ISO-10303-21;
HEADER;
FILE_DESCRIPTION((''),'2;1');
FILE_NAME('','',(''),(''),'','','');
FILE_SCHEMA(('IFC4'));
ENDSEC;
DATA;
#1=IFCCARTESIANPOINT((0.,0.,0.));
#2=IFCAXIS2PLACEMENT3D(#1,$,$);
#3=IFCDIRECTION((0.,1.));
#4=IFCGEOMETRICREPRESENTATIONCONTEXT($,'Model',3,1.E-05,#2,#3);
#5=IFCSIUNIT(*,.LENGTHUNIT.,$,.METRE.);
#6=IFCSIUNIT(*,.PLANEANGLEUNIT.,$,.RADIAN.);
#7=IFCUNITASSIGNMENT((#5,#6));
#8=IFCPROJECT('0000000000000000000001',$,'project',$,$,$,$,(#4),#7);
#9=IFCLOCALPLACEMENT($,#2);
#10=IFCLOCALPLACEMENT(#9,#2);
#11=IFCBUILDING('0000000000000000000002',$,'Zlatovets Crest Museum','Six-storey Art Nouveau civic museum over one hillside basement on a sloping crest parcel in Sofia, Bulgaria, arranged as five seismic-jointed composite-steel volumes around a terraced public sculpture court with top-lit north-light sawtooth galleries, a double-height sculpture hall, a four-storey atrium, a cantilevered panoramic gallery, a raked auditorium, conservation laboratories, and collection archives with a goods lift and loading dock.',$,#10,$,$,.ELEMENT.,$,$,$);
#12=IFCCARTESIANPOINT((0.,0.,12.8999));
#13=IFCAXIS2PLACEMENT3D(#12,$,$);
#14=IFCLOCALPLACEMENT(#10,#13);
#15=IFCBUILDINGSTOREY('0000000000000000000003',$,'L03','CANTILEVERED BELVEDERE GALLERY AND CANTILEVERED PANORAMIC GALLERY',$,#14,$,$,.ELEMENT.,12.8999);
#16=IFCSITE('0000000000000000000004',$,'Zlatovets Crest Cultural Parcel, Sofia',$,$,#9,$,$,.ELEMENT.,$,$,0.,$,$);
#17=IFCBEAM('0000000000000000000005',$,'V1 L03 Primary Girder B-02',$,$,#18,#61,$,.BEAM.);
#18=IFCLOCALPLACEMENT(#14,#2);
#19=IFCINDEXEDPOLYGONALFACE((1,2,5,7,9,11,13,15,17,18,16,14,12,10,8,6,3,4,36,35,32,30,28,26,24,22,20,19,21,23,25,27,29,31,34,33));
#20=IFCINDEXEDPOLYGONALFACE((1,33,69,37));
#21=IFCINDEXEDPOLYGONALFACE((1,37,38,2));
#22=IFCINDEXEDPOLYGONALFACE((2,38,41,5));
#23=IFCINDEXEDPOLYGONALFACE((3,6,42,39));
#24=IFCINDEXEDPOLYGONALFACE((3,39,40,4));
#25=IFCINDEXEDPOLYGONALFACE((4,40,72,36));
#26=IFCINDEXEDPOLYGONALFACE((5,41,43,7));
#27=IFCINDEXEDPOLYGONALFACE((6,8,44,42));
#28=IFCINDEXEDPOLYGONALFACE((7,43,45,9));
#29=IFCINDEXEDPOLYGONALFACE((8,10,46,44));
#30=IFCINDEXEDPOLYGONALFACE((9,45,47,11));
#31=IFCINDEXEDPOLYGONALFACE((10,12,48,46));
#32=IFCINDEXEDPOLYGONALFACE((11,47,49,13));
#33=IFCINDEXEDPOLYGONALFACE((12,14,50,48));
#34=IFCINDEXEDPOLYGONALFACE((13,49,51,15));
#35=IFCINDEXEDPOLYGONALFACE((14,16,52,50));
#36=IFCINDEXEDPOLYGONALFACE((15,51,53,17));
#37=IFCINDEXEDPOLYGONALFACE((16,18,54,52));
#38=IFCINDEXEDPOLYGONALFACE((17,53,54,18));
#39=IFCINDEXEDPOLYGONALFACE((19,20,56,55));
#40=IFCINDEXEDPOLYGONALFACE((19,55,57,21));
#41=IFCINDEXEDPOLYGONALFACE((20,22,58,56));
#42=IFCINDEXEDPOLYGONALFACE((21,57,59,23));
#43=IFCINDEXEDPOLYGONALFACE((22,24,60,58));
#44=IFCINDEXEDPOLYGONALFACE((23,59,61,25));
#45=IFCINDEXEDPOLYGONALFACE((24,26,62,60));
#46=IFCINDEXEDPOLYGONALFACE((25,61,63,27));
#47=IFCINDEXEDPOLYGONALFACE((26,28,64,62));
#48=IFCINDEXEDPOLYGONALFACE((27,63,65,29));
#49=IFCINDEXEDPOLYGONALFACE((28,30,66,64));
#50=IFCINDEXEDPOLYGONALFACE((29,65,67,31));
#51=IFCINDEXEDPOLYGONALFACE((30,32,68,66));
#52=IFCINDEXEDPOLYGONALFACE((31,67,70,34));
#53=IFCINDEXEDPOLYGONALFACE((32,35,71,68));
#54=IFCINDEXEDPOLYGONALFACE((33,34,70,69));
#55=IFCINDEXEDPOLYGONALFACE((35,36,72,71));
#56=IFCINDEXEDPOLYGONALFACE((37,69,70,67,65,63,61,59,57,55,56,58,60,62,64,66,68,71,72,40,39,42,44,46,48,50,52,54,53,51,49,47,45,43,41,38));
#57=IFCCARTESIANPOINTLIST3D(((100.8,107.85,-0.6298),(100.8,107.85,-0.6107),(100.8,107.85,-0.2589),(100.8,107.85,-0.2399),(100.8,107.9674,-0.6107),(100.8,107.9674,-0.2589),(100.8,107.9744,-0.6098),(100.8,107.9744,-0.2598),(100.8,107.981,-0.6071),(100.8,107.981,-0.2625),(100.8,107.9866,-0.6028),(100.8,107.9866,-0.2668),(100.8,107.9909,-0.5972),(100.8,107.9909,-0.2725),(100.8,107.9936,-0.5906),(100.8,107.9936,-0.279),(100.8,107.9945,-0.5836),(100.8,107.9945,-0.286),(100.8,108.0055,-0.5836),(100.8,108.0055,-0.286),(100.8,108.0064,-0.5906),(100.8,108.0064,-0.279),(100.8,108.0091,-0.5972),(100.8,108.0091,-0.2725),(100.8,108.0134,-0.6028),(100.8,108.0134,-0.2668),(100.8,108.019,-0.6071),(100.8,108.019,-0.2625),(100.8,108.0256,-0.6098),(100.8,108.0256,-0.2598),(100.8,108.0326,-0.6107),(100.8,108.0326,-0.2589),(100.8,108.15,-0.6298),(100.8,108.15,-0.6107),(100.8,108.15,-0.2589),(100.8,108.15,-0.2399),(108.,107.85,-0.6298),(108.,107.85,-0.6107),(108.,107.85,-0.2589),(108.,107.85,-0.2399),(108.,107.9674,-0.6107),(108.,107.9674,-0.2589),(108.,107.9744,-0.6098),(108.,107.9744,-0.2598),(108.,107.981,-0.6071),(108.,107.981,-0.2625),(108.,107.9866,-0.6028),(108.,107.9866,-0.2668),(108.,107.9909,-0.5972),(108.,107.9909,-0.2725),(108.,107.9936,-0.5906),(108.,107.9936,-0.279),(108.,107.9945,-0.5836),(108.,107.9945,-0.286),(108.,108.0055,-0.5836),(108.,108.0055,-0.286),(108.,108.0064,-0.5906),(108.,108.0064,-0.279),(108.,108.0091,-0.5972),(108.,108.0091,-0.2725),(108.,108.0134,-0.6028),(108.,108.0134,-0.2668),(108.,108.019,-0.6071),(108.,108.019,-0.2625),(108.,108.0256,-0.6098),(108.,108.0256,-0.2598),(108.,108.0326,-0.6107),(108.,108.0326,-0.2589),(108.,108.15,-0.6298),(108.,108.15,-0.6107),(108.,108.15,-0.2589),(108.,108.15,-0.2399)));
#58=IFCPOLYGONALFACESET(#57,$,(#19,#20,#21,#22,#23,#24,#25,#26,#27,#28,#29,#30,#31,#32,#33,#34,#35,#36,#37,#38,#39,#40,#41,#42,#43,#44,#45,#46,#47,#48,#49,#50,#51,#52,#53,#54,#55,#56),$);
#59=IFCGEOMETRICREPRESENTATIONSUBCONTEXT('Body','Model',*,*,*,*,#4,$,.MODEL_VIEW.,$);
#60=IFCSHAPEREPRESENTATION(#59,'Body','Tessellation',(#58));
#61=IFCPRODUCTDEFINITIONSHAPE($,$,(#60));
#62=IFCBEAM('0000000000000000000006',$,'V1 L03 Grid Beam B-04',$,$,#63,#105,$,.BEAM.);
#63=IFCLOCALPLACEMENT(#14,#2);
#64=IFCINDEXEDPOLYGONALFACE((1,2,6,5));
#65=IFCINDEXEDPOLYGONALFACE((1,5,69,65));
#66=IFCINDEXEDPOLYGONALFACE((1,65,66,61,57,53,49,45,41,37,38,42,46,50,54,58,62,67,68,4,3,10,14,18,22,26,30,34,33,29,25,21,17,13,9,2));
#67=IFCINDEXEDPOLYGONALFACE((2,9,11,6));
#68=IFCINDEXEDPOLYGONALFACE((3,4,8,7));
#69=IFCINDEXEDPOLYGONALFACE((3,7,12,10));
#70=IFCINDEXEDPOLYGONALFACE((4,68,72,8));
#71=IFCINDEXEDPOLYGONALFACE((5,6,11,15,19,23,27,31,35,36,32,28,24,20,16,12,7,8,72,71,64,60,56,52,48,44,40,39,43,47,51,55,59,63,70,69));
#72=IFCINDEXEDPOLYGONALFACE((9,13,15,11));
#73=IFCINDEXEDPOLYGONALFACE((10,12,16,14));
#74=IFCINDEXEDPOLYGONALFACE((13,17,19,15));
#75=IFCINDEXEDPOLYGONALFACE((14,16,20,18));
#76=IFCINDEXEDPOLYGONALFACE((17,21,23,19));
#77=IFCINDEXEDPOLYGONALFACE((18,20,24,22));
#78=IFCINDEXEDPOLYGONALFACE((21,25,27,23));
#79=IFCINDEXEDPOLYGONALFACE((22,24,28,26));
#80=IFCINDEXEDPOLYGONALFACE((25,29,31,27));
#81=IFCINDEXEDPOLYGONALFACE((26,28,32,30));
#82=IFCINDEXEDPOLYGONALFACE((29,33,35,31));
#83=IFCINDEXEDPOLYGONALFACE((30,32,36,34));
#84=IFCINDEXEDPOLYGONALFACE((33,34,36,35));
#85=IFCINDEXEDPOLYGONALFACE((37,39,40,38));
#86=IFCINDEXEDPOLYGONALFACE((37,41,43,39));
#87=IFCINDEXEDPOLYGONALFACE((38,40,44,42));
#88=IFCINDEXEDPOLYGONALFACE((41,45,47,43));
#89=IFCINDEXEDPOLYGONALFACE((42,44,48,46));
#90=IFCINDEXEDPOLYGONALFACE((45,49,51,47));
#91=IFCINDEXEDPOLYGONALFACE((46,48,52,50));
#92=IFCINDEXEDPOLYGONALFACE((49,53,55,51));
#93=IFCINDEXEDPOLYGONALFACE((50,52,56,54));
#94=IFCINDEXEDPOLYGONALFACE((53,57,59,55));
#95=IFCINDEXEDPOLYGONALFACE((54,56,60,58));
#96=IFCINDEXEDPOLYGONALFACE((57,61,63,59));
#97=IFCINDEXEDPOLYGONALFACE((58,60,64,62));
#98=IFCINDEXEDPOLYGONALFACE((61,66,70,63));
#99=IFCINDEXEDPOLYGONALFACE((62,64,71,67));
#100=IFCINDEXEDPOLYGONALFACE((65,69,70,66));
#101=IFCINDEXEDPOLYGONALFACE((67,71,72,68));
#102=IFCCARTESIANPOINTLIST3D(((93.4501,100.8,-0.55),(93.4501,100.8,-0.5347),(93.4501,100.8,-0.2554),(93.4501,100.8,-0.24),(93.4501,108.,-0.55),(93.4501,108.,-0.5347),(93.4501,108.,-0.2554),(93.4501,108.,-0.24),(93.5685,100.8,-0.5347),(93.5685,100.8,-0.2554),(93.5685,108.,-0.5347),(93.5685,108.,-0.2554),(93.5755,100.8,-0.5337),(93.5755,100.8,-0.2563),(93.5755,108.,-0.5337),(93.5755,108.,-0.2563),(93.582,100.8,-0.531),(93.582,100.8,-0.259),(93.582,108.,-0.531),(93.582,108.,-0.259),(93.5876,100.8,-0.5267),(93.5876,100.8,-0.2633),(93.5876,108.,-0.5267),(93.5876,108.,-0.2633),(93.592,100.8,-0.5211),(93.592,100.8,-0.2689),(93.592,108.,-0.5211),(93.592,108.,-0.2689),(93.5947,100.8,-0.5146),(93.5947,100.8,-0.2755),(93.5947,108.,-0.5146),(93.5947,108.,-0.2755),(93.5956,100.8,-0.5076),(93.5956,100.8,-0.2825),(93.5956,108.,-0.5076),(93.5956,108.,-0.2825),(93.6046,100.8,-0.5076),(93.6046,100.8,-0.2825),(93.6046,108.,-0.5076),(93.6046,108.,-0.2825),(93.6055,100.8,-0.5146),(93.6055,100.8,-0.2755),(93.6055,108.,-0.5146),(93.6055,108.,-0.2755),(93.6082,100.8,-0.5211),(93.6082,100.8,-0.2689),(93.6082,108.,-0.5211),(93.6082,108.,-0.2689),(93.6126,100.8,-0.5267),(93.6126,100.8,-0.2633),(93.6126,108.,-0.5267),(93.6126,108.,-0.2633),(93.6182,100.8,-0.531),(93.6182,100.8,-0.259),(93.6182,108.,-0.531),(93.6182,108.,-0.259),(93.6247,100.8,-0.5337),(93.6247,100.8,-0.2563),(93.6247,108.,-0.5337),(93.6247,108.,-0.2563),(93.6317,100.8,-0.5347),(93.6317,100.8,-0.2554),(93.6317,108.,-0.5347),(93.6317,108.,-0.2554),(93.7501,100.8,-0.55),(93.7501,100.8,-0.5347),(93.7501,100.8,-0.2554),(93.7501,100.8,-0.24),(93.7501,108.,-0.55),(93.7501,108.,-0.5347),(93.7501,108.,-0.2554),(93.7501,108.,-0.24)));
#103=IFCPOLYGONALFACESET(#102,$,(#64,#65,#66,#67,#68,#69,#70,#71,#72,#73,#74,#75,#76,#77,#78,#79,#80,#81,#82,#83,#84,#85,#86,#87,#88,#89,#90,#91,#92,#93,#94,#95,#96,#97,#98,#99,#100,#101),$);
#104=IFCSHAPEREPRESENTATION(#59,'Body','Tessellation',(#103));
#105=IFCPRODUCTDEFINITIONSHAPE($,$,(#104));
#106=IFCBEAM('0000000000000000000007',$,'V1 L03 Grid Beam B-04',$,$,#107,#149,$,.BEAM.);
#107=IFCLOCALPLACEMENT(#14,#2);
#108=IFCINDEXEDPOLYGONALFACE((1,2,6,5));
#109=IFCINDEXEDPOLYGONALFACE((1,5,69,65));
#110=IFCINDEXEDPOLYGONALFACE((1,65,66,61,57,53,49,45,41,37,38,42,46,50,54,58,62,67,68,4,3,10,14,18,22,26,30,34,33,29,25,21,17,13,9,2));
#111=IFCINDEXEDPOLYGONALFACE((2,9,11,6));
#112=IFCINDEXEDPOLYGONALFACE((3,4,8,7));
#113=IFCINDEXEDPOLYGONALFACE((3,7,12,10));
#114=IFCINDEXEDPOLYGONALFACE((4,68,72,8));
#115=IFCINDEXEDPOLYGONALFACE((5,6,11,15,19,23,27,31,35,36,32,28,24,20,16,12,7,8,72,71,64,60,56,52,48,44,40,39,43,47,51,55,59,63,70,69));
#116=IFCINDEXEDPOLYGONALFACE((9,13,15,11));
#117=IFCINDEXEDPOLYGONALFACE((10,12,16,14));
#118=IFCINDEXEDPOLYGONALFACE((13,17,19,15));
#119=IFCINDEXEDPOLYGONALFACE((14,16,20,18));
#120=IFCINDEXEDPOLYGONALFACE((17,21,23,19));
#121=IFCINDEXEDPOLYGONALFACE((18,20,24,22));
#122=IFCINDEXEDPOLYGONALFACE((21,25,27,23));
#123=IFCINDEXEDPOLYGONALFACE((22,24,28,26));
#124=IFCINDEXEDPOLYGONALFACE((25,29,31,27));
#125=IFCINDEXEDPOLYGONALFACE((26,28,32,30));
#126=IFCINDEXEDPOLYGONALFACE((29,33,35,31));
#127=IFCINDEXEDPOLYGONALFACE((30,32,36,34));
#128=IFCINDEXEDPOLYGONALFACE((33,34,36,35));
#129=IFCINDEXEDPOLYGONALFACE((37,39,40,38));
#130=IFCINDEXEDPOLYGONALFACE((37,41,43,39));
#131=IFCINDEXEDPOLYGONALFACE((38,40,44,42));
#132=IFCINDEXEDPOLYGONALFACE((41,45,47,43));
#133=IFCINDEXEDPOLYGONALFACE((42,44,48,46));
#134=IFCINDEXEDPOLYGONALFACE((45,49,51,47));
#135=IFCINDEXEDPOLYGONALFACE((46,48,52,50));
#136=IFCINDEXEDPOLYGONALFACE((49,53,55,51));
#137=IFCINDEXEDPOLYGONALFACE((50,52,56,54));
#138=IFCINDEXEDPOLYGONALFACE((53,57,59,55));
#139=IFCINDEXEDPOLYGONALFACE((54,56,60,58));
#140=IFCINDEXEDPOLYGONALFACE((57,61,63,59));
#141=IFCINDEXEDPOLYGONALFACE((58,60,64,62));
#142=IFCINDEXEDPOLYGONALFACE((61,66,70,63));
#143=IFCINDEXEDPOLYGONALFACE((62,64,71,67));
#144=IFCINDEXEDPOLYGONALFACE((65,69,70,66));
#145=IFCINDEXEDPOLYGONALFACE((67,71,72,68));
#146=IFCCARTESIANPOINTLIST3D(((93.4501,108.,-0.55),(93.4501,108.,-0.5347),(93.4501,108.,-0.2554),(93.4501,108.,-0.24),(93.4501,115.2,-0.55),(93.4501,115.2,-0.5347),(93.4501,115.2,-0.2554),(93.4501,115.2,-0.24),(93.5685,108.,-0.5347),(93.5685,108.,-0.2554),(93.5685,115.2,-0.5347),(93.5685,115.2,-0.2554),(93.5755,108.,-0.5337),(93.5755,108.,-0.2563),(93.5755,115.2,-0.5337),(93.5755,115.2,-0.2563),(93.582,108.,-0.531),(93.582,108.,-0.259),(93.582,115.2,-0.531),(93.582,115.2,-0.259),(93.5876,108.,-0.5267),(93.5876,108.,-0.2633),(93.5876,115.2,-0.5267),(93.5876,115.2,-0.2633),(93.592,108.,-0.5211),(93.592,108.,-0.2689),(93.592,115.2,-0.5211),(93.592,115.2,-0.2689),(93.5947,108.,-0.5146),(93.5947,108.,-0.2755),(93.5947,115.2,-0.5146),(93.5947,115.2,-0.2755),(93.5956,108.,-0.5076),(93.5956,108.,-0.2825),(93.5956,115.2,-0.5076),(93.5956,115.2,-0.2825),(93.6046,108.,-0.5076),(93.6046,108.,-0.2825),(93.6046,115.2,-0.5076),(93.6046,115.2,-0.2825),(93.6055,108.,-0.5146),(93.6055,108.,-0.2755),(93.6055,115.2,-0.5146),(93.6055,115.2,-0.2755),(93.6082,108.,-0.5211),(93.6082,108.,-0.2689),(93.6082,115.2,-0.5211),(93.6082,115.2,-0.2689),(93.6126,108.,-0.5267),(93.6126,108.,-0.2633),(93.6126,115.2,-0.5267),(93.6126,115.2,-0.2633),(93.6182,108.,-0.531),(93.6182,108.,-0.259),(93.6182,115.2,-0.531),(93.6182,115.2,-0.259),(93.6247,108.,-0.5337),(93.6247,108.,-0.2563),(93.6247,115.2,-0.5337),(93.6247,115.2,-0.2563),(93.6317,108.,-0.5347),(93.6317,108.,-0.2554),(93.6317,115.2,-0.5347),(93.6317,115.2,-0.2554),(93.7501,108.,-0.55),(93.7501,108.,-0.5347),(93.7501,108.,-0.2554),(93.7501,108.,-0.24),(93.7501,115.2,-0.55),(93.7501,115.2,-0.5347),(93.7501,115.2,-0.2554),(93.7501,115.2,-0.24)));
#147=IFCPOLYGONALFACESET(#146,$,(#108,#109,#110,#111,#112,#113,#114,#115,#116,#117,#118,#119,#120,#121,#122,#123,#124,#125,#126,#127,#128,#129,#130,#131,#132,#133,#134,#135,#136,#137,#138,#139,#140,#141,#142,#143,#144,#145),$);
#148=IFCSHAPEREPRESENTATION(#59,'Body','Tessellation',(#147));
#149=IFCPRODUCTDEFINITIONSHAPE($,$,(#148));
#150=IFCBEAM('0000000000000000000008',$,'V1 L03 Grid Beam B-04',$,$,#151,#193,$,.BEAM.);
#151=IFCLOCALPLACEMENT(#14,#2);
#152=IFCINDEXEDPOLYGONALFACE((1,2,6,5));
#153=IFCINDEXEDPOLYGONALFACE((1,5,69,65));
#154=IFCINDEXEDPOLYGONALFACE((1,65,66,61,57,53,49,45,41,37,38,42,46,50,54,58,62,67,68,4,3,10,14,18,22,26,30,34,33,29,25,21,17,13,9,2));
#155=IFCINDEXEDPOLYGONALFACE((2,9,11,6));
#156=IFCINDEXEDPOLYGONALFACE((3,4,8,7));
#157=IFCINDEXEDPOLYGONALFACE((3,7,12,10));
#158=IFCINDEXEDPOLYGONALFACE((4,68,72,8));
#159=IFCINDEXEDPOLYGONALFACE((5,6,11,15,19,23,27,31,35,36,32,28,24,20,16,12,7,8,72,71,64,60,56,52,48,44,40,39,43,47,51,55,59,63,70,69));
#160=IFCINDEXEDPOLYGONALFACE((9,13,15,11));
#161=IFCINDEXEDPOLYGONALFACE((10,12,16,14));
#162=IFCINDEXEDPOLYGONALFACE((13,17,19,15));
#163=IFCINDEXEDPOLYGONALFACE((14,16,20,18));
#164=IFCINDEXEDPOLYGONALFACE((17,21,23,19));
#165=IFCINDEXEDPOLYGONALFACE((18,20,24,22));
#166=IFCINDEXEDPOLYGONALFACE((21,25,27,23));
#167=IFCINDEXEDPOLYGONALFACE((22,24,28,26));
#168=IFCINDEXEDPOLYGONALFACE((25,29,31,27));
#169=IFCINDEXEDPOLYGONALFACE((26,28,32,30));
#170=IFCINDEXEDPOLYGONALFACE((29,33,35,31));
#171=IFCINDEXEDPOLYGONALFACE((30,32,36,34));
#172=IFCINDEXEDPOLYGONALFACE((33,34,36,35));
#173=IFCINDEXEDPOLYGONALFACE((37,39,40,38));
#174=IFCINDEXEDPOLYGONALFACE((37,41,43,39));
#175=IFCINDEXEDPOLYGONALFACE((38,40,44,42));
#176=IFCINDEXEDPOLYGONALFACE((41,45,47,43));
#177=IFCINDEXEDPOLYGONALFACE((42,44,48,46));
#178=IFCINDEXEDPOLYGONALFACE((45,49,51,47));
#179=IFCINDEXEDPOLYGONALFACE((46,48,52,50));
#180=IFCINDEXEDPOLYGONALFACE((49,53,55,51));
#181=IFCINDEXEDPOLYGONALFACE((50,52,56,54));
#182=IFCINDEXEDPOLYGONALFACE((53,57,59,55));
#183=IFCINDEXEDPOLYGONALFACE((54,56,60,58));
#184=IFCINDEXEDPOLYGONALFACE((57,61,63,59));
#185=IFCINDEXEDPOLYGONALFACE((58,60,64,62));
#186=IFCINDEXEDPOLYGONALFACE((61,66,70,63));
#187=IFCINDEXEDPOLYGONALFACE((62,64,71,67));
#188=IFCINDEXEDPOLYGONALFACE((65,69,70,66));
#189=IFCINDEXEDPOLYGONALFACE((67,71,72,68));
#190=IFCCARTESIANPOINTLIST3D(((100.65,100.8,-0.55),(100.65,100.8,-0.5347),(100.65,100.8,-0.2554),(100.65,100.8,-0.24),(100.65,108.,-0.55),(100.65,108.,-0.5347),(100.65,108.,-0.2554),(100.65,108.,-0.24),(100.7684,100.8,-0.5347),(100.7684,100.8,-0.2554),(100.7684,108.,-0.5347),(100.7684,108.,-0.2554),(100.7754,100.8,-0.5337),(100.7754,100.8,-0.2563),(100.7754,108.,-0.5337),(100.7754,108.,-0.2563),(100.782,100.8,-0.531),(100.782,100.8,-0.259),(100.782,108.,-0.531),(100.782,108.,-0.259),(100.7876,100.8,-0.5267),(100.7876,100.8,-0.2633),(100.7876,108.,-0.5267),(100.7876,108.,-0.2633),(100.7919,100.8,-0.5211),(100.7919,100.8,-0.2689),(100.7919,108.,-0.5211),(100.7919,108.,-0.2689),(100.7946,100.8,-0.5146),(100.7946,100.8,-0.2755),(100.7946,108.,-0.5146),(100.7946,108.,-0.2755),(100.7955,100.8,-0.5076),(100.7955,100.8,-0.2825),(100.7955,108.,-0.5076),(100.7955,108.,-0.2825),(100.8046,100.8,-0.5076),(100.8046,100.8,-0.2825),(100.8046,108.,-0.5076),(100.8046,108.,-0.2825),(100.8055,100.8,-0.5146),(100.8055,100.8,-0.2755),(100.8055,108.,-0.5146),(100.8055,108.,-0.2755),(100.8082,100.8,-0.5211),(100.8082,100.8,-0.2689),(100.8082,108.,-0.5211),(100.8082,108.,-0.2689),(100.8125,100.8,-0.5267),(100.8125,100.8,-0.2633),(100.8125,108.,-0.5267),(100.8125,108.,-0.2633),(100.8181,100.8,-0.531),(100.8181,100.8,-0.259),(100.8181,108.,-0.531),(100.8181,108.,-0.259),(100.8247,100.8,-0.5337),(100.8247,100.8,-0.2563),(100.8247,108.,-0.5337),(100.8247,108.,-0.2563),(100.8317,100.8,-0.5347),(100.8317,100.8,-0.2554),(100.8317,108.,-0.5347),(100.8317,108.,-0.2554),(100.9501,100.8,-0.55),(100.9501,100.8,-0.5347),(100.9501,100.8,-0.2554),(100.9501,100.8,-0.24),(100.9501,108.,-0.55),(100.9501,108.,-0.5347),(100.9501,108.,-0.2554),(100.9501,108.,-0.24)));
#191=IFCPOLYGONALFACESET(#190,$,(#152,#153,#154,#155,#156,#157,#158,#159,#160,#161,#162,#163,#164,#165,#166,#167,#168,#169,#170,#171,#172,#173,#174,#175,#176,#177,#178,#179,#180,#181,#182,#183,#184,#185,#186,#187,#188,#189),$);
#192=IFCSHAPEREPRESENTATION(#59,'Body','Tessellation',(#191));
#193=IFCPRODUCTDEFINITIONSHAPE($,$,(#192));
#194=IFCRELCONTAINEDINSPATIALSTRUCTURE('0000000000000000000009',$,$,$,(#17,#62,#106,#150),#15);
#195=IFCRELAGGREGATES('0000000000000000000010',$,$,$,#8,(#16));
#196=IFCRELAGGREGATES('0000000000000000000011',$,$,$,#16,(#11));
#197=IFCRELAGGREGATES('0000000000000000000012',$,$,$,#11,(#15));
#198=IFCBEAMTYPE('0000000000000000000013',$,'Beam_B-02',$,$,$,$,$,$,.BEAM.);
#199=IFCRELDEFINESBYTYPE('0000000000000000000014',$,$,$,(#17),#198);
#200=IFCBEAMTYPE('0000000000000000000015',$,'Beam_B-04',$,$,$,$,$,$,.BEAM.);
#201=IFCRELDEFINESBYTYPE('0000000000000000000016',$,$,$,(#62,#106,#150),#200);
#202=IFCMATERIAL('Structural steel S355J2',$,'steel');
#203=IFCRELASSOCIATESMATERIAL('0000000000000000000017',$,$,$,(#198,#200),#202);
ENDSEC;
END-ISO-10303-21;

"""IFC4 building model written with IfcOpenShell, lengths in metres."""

from ifc_helpers import new_model, si_unit, direction, frame, origin, origin_2d, place, context, subcontext, project, spatial, i_section, extrude, material, material_profile, profile_set, type_object, element, save


model = new_model("IFC4")

# Units and contexts
model_context = context("Model", 3, precision=1e-05, world=origin(), true_north=direction((0.0, 1.0)))
body_context = subcontext(model_context, "Body", "Model", "MODEL_VIEW")
ifc_project = project(units=[si_unit("LENGTHUNIT", "METRE"), si_unit("PLANEANGLEUNIT", "RADIAN")], contexts=[model_context])

# Site, building, storey
site_placement = place(None, origin())
site = spatial("IfcSite", under=ifc_project, at=site_placement, Name="Zlatovets Crest Cultural Parcel, Sofia", CompositionType="ELEMENT", RefElevation=0.0)
building_placement = place(site_placement, origin())
building = spatial("IfcBuilding", under=site, at=building_placement, Name="Zlatovets Crest Museum", Description="Six-storey Art Nouveau civic museum over one hillside basement on a sloping crest parcel in Sofia, Bulgaria, arranged as five seismic-jointed composite-steel volumes around a terraced public sculpture court with top-lit north-light sawtooth galleries, a double-height sculpture hall, a four-storey atrium, a cantilevered panoramic gallery, a raked auditorium, conservation laboratories, and collection archives with a goods lift and loading dock.", CompositionType="ELEMENT")
storey_placement = place(building_placement, frame((0.0, 0.0, 12.8999)))
storey = spatial("IfcBuildingStorey", under=building, at=storey_placement, Name="L03", Description="CANTILEVERED BELVEDERE GALLERY AND CANTILEVERED PANORAMIC GALLERY", CompositionType="ELEMENT", Elevation=12.8999)

# Shared definitions
ifc_material_1 = material(Name="Structural steel S355J2", Category="steel")

# Beams
ifc_material_profile_1 = material_profile(ifc_material_1, i_section(OverallWidth=0.3, OverallDepth=0.3899, WebThickness=0.011, FlangeThickness=0.019, FilletRadius=0.0271, at=origin_2d()), Name="HEA 400")
ifc_profile_set_1 = profile_set([ifc_material_profile_1], Name="Structural steel S355J2")
beam_type_1 = type_object("IfcBeamType", Name="Beam_B-02", PredefinedType="BEAM", material=ifc_profile_set_1)
for number, where, z_axis, x_axis, name in (
    (1, (100.8, 108.0, -0.4348), (1.0, 0.0, 0.0), (0.0, 1.0, 0.0), "V1 L03 Primary Girder B-02"),
):
    element("IfcBeam", number, at=place(storey_placement, frame(where, z_axis=z_axis, x_axis=x_axis)), inside=storey, type_object=beam_type_1, Name=name, PredefinedType="BEAM", context=body_context, shape_type="SweptSolid", body=[
        extrude(i_section(OverallWidth=0.3, OverallDepth=0.3899, WebThickness=0.011, FlangeThickness=0.019, FilletRadius=0.0271, at=origin_2d()), origin(), (0.0, 0.0, 1.0), 7.2),
    ])
ifc_material_profile_2 = material_profile(ifc_material_1, i_section(OverallWidth=0.3, OverallDepth=0.3101, WebThickness=0.009, FlangeThickness=0.0154, FilletRadius=0.0271, at=origin_2d()), Name="HEA 320")
ifc_profile_set_2 = profile_set([ifc_material_profile_2], Name="Structural steel S355J2")
beam_type_2 = type_object("IfcBeamType", Name="Beam_B-04", PredefinedType="BEAM", material=ifc_profile_set_2)
for number, where, z_axis, x_axis, name in (
    (2, (93.6001, 100.8, -0.395), (0.0, 1.0, 0.0), (-1.0, 0.0, 0.0), "V1 L03 Grid Beam B-04"),
    (3, (93.6001, 108.0, -0.395), (0.0, 1.0, 0.0), (-1.0, 0.0, 0.0), "V1 L03 Grid Beam B-04"),
    (4, (100.8, 100.8, -0.395), (0.0, 1.0, 0.0), (-1.0, 0.0, 0.0), "V1 L03 Grid Beam B-04"),
):
    element("IfcBeam", number, at=place(storey_placement, frame(where, z_axis=z_axis, x_axis=x_axis)), inside=storey, type_object=beam_type_2, Name=name, PredefinedType="BEAM", context=body_context, shape_type="SweptSolid", body=[
        extrude(i_section(OverallWidth=0.3, OverallDepth=0.3101, WebThickness=0.009, FlangeThickness=0.0154, FilletRadius=0.0271, at=origin_2d()), origin(), (0.0, 0.0, 1.0), 7.2),
    ])

save(model, "model.ifc")
